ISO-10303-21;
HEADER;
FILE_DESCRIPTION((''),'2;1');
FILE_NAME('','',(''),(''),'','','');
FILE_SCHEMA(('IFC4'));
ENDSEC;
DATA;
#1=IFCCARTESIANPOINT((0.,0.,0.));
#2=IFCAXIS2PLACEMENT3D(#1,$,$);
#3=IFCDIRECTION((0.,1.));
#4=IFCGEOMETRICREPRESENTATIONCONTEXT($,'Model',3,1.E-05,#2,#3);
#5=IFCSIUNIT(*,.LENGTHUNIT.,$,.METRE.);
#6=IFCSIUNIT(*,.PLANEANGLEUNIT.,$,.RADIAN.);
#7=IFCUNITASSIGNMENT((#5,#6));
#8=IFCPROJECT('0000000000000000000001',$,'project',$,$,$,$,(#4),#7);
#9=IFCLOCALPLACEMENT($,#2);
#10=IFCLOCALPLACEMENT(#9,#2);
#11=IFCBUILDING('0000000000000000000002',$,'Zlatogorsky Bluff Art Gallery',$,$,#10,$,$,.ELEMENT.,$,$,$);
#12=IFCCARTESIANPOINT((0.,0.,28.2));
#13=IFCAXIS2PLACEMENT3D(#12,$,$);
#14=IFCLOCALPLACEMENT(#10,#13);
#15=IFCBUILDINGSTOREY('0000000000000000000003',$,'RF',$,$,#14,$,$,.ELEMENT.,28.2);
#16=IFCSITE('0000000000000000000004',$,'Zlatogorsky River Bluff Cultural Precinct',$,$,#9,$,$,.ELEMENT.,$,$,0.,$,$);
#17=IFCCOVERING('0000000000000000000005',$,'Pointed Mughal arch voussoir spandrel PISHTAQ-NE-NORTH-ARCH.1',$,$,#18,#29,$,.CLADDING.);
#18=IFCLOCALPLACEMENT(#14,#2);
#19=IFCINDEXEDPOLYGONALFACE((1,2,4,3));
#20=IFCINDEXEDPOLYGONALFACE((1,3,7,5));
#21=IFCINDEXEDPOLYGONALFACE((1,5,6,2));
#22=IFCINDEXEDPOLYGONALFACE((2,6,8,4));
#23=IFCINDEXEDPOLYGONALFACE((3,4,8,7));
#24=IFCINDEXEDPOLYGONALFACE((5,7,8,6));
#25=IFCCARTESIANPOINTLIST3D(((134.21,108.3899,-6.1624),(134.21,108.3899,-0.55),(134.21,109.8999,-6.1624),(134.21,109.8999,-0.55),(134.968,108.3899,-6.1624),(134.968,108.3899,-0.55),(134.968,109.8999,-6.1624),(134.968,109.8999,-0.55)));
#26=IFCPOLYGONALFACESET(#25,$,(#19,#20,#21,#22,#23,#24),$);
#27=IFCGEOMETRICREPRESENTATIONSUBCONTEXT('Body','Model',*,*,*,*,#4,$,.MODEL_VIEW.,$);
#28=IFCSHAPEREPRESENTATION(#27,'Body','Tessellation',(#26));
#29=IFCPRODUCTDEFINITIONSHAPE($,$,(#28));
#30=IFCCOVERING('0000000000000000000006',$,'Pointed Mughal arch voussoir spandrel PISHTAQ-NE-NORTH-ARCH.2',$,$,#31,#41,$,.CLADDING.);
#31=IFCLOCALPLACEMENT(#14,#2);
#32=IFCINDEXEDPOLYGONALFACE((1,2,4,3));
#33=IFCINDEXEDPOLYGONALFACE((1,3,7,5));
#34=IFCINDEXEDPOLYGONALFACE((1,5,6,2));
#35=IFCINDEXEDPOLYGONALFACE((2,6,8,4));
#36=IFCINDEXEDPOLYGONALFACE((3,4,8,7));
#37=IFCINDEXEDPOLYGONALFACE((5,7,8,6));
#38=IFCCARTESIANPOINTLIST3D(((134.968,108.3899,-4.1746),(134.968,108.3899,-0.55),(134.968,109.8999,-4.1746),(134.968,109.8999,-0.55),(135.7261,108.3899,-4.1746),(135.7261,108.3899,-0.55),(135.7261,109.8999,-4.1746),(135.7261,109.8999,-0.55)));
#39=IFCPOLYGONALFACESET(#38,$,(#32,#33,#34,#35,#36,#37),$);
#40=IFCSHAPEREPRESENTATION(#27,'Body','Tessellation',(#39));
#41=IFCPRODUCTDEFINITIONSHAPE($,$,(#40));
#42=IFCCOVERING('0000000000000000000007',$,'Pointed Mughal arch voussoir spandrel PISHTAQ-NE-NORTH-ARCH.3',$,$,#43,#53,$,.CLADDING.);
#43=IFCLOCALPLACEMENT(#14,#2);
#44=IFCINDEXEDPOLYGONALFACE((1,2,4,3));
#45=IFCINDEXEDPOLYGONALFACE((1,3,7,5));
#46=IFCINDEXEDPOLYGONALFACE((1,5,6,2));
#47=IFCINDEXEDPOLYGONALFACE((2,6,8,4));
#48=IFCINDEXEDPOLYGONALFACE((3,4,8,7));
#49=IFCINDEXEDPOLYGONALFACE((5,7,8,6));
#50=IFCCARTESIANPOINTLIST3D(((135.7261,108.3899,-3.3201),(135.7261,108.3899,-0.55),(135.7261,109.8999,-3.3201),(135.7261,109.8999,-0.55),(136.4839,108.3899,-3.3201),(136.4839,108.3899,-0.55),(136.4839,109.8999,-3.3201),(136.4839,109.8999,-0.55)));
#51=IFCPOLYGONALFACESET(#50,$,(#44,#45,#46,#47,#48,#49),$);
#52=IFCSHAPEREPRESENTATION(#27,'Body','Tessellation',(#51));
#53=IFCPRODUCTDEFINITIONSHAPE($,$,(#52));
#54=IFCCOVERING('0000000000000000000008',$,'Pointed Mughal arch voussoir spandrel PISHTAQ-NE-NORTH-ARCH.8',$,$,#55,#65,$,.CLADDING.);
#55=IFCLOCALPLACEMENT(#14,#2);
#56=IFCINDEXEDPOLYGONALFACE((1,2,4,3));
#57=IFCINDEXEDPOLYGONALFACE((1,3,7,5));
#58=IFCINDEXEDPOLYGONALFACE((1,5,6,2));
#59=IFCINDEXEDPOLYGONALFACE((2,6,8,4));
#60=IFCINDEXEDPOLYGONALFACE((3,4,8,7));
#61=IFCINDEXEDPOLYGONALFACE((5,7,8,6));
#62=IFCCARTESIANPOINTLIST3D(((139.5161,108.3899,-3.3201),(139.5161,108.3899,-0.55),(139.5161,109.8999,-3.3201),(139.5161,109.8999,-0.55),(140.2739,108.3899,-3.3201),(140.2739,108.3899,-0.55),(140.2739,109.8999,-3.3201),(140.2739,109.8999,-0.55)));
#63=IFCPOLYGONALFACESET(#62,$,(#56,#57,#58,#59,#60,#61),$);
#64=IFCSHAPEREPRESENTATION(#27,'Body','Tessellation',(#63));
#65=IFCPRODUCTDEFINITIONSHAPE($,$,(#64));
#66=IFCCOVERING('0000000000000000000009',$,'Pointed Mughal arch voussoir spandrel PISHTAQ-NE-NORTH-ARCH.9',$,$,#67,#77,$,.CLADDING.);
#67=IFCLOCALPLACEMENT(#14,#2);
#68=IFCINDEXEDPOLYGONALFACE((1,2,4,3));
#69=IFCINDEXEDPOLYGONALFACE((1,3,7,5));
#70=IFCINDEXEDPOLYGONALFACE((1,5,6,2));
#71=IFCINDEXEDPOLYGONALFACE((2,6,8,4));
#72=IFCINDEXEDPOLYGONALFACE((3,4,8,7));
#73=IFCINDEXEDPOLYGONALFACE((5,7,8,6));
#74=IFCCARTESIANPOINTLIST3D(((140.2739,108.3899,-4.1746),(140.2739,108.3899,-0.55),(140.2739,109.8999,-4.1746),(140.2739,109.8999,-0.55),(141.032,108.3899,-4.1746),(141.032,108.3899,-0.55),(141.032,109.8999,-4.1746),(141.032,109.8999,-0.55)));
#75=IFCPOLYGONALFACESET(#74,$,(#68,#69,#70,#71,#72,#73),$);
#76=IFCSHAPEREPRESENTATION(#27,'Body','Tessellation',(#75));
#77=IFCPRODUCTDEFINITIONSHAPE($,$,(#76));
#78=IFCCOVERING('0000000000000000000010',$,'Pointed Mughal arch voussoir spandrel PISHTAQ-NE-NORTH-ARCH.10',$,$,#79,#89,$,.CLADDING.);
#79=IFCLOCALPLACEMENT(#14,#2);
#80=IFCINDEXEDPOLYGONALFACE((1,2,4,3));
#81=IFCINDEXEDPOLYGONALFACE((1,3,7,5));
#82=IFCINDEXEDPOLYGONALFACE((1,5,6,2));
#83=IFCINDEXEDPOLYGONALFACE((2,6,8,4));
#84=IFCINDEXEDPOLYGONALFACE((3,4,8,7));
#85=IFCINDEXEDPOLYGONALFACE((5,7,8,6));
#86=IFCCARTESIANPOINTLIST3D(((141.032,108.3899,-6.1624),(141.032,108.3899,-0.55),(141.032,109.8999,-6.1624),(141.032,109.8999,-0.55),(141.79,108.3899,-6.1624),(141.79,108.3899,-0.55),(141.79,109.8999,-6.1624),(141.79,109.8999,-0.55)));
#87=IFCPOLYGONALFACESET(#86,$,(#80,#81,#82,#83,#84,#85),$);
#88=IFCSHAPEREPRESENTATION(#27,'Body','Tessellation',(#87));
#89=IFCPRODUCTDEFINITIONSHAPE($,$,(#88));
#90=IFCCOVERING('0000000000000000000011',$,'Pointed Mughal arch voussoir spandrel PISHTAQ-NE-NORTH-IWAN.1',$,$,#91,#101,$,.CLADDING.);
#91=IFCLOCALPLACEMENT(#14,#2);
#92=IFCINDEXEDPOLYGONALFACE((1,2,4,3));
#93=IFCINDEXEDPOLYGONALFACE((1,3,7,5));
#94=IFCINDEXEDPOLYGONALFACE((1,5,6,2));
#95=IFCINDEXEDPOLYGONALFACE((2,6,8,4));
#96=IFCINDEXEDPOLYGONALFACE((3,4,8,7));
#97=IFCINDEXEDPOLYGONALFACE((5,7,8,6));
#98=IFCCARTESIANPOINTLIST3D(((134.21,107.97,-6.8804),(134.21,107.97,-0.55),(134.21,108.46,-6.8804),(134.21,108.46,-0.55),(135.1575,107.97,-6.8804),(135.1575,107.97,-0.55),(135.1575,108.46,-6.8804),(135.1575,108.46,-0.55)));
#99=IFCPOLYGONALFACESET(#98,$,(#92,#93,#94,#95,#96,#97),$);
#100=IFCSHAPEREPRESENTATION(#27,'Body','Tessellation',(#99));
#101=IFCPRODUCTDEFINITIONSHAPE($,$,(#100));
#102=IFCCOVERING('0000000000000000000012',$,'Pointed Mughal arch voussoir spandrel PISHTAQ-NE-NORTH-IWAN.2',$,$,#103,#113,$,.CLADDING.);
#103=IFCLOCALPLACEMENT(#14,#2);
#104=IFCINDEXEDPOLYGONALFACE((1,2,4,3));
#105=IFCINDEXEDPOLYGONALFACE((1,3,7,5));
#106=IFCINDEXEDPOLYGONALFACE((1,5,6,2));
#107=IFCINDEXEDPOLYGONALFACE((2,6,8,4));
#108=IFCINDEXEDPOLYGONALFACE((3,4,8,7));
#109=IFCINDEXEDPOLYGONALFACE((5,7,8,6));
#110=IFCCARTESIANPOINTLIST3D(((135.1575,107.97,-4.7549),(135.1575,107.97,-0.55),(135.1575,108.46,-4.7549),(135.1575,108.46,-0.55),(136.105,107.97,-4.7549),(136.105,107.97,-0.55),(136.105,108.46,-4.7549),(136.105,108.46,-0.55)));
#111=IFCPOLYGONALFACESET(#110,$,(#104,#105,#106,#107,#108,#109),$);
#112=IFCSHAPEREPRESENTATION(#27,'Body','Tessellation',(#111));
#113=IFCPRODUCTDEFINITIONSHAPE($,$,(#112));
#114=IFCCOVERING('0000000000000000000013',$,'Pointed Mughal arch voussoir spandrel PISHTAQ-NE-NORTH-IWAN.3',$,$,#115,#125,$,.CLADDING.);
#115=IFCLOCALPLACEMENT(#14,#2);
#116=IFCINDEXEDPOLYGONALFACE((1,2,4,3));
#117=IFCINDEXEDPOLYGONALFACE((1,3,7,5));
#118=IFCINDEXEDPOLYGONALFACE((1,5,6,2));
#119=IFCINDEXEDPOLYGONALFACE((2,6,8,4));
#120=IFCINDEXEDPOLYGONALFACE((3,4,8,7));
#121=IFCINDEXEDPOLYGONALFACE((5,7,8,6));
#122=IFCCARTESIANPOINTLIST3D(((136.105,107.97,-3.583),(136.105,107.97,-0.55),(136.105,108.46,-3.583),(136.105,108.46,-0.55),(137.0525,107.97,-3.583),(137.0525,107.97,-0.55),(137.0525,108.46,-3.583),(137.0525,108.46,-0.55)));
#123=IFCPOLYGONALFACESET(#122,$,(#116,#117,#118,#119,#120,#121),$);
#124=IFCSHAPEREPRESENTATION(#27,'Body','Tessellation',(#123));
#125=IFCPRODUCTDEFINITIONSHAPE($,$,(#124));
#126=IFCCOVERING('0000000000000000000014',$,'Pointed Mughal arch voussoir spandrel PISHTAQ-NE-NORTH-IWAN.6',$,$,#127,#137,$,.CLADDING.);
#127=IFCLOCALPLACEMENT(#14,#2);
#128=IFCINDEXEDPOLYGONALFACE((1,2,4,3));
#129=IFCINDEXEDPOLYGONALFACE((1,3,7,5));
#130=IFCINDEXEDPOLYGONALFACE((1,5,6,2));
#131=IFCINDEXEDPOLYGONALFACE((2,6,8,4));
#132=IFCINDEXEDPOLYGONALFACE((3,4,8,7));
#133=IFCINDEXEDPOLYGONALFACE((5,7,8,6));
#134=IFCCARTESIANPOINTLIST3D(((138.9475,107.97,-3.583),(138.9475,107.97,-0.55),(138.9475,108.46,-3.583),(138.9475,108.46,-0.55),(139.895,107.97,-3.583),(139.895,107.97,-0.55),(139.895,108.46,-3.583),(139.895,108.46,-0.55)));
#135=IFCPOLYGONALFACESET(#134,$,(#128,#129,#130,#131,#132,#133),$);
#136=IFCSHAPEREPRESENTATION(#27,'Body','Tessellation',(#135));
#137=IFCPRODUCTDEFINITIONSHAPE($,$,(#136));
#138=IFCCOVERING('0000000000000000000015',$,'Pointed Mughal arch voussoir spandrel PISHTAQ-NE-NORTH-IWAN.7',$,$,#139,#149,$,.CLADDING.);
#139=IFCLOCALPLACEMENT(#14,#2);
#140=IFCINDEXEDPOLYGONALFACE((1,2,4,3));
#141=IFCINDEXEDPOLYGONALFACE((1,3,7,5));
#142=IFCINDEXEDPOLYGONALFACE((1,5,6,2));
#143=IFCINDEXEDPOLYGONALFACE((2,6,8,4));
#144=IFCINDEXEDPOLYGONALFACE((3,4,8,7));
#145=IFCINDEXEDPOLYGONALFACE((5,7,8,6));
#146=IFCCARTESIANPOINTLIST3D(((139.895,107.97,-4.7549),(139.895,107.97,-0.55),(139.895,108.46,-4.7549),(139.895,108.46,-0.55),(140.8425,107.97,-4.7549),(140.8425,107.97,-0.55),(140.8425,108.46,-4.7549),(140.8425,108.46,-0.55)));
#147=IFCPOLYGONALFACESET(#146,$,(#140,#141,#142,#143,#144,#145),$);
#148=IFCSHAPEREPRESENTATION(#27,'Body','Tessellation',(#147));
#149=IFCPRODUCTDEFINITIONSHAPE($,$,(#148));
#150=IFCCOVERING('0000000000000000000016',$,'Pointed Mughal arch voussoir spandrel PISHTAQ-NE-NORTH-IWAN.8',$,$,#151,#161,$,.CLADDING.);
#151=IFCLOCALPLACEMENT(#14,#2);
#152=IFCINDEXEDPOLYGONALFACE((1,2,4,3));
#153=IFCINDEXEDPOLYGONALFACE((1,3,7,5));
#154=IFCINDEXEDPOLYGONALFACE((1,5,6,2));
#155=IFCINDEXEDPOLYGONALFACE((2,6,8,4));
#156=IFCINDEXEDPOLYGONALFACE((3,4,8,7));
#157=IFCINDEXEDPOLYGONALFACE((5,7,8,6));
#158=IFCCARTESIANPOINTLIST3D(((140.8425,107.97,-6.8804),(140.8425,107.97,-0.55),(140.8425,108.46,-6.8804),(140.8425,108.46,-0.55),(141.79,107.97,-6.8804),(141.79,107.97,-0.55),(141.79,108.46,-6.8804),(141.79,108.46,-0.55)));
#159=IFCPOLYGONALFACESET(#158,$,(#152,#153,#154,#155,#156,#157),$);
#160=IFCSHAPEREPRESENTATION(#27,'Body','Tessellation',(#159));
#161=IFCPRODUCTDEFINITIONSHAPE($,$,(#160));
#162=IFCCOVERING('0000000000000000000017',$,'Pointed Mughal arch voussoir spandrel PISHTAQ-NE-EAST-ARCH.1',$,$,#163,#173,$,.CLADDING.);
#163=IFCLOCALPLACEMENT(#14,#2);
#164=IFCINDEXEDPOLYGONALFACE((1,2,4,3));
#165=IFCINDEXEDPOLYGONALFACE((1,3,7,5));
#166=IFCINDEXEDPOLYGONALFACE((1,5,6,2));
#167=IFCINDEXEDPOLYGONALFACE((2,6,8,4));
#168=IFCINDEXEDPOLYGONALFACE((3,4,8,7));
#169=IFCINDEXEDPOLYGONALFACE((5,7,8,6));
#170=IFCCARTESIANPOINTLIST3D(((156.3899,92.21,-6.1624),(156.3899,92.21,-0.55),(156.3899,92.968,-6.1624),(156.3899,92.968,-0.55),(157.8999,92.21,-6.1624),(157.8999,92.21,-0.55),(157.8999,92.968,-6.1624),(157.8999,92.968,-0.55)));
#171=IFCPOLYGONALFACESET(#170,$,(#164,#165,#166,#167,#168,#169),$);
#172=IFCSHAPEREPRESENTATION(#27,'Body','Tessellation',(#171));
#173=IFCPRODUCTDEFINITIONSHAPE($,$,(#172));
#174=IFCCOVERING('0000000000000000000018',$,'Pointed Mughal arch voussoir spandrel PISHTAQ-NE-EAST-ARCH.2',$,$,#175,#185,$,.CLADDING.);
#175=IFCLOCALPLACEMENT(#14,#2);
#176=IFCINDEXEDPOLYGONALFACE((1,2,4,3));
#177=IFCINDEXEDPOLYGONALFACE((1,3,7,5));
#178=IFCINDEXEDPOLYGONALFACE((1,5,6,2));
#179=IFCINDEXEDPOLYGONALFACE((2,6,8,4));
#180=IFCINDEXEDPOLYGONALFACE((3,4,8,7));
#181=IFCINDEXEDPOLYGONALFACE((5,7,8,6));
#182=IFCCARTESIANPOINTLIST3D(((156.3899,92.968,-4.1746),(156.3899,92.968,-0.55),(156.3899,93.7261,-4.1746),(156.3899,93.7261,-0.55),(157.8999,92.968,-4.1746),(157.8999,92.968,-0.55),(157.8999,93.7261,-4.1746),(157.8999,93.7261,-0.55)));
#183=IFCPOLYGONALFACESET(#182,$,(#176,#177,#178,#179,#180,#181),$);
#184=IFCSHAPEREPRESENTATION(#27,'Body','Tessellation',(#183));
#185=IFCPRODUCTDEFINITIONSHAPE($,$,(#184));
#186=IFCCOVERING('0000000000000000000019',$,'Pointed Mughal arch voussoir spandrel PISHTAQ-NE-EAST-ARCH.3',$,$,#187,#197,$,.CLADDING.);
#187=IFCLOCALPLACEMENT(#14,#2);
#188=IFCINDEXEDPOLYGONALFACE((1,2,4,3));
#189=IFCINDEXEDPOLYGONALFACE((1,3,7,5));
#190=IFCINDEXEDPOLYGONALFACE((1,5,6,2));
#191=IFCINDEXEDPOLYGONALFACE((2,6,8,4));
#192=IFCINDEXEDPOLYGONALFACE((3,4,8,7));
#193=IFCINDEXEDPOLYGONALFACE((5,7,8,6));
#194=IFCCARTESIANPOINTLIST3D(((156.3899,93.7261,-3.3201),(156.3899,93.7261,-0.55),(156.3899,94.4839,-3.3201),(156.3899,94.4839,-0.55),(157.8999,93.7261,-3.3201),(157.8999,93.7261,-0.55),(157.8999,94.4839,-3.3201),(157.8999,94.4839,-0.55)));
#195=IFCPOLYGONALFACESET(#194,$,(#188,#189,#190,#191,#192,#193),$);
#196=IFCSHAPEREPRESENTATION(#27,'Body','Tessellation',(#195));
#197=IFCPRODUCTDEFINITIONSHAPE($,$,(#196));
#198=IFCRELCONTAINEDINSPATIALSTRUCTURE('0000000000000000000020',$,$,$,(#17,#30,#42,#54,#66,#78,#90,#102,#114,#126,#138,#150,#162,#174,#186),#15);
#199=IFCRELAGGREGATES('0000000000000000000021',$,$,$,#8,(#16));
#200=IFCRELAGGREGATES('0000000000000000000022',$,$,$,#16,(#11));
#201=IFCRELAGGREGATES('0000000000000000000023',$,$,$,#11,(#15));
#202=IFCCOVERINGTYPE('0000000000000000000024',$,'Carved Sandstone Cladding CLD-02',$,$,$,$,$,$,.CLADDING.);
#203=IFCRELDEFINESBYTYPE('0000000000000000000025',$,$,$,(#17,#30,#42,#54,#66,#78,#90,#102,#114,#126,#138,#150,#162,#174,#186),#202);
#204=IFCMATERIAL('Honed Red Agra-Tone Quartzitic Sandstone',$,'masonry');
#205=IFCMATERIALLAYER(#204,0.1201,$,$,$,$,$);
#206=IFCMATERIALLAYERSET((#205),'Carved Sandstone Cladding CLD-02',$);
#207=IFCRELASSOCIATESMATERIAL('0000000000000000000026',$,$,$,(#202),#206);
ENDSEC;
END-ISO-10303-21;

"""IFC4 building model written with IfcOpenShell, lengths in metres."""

from ifc_helpers import new_model, si_unit, direction, frame, origin, place, context, subcontext, project, spatial, polyline, outline, extrude, material, layer, layer_set, type_object, element, save


model = new_model("IFC4")

# Units and contexts
model_context = context("Model", 3, precision=1e-05, world=origin(), true_north=direction((0.0, 1.0)))
body_context = subcontext(model_context, "Body", "Model", "MODEL_VIEW")
ifc_project = project(units=[si_unit("LENGTHUNIT", "METRE"), si_unit("PLANEANGLEUNIT", "RADIAN")], contexts=[model_context])

# Site, building, storey
site_placement = place(None, origin())
site = spatial("IfcSite", under=ifc_project, at=site_placement, Name="Zlatogorsky River Bluff Cultural Precinct", CompositionType="ELEMENT", RefElevation=0.0)
building_placement = place(site_placement, origin())
building = spatial("IfcBuilding", under=site, at=building_placement, Name="Zlatogorsky Bluff Art Gallery", CompositionType="ELEMENT")
storey_placement = place(building_placement, frame((0.0, 0.0, 28.2)))
storey = spatial("IfcBuildingStorey", under=building, at=storey_placement, Name="RF", CompositionType="ELEMENT", Elevation=28.2)

# Coverings
ifc_material = material(Name="Honed Red Agra-Tone Quartzitic Sandstone", Category="masonry")
ifc_layer = layer(ifc_material, 0.1201)
ifc_layer_set = layer_set([ifc_layer], Name="Carved Sandstone Cladding CLD-02")
covering_type = type_object("IfcCoveringType", Name="Carved Sandstone Cladding CLD-02", PredefinedType="CLADDING", material=ifc_layer_set)
covering_1_placement = place(storey_placement, frame((0.0, 0.0, -6.1624)))
element("IfcCovering", 1, at=covering_1_placement, inside=storey, type_object=covering_type, Name="Pointed Mughal arch voussoir spandrel PISHTAQ-NE-NORTH-ARCH.1", PredefinedType="CLADDING", context=body_context, shape_type="SweptSolid", body=[
    extrude(outline(polyline([(134.21, 108.3899), (134.968, 108.3899), (134.968, 109.8999), (134.21, 109.8999), (134.21, 108.3899)])), origin(), (0.0, 0.0, 1.0), 5.6123),
])
covering_2_placement = place(storey_placement, frame((0.0, 0.0, -4.1746)))
element("IfcCovering", 2, at=covering_2_placement, inside=storey, type_object=covering_type, Name="Pointed Mughal arch voussoir spandrel PISHTAQ-NE-NORTH-ARCH.2", PredefinedType="CLADDING", context=body_context, shape_type="SweptSolid", body=[
    extrude(outline(polyline([(134.968, 108.3899), (135.7261, 108.3899), (135.7261, 109.8999), (134.968, 109.8999), (134.968, 108.3899)])), origin(), (0.0, 0.0, 1.0), 3.6245),
])
covering_3_placement = place(storey_placement, frame((0.0, 0.0, -3.3201)))
element("IfcCovering", 3, at=covering_3_placement, inside=storey, type_object=covering_type, Name="Pointed Mughal arch voussoir spandrel PISHTAQ-NE-NORTH-ARCH.3", PredefinedType="CLADDING", context=body_context, shape_type="SweptSolid", body=[
    extrude(outline(polyline([(135.7261, 108.3899), (136.4839, 108.3899), (136.4839, 109.8999), (135.7261, 109.8999), (135.7261, 108.3899)])), origin(), (0.0, 0.0, 1.0), 2.77),
])
covering_4_placement = place(storey_placement, frame((0.0, 0.0, -3.3201)))
element("IfcCovering", 4, at=covering_4_placement, inside=storey, type_object=covering_type, Name="Pointed Mughal arch voussoir spandrel PISHTAQ-NE-NORTH-ARCH.8", PredefinedType="CLADDING", context=body_context, shape_type="SweptSolid", body=[
    extrude(outline(polyline([(139.5161, 108.3899), (140.2739, 108.3899), (140.2739, 109.8999), (139.5161, 109.8999), (139.5161, 108.3899)])), origin(), (0.0, 0.0, 1.0), 2.77),
])
covering_5_placement = place(storey_placement, frame((0.0, 0.0, -4.1746)))
element("IfcCovering", 5, at=covering_5_placement, inside=storey, type_object=covering_type, Name="Pointed Mughal arch voussoir spandrel PISHTAQ-NE-NORTH-ARCH.9", PredefinedType="CLADDING", context=body_context, shape_type="SweptSolid", body=[
    extrude(outline(polyline([(140.2739, 108.3899), (141.032, 108.3899), (141.032, 109.8999), (140.2739, 109.8999), (140.2739, 108.3899)])), origin(), (0.0, 0.0, 1.0), 3.6245),
])
covering_6_placement = place(storey_placement, frame((0.0, 0.0, -6.1624)))
element("IfcCovering", 6, at=covering_6_placement, inside=storey, type_object=covering_type, Name="Pointed Mughal arch voussoir spandrel PISHTAQ-NE-NORTH-ARCH.10", PredefinedType="CLADDING", context=body_context, shape_type="SweptSolid", body=[
    extrude(outline(polyline([(141.032, 108.3899), (141.79, 108.3899), (141.79, 109.8999), (141.032, 109.8999), (141.032, 108.3899)])), origin(), (0.0, 0.0, 1.0), 5.6123),
])
covering_7_placement = place(storey_placement, frame((0.0, 0.0, -6.8804)))
element("IfcCovering", 7, at=covering_7_placement, inside=storey, type_object=covering_type, Name="Pointed Mughal arch voussoir spandrel PISHTAQ-NE-NORTH-IWAN.1", PredefinedType="CLADDING", context=body_context, shape_type="SweptSolid", body=[
    extrude(outline(polyline([(134.21, 107.97), (135.1575, 107.97), (135.1575, 108.46), (134.21, 108.46), (134.21, 107.97)])), origin(), (0.0, 0.0, 1.0), 6.3303),
])
covering_8_placement = place(storey_placement, frame((0.0, 0.0, -4.7549)))
element("IfcCovering", 8, at=covering_8_placement, inside=storey, type_object=covering_type, Name="Pointed Mughal arch voussoir spandrel PISHTAQ-NE-NORTH-IWAN.2", PredefinedType="CLADDING", context=body_context, shape_type="SweptSolid", body=[
    extrude(outline(polyline([(135.1575, 107.97), (136.105, 107.97), (136.105, 108.46), (135.1575, 108.46), (135.1575, 107.97)])), origin(), (0.0, 0.0, 1.0), 4.2048),
])
covering_9_placement = place(storey_placement, frame((0.0, 0.0, -3.583)))
element("IfcCovering", 9, at=covering_9_placement, inside=storey, type_object=covering_type, Name="Pointed Mughal arch voussoir spandrel PISHTAQ-NE-NORTH-IWAN.3", PredefinedType="CLADDING", context=body_context, shape_type="SweptSolid", body=[
    extrude(outline(polyline([(136.105, 107.97), (137.0525, 107.97), (137.0525, 108.46), (136.105, 108.46), (136.105, 107.97)])), origin(), (0.0, 0.0, 1.0), 3.033),
])
covering_10_placement = place(storey_placement, frame((0.0, 0.0, -3.583)))
element("IfcCovering", 10, at=covering_10_placement, inside=storey, type_object=covering_type, Name="Pointed Mughal arch voussoir spandrel PISHTAQ-NE-NORTH-IWAN.6", PredefinedType="CLADDING", context=body_context, shape_type="SweptSolid", body=[
    extrude(outline(polyline([(138.9475, 107.97), (139.895, 107.97), (139.895, 108.46), (138.9475, 108.46), (138.9475, 107.97)])), origin(), (0.0, 0.0, 1.0), 3.033),
])
covering_11_placement = place(storey_placement, frame((0.0, 0.0, -4.7549)))
element("IfcCovering", 11, at=covering_11_placement, inside=storey, type_object=covering_type, Name="Pointed Mughal arch voussoir spandrel PISHTAQ-NE-NORTH-IWAN.7", PredefinedType="CLADDING", context=body_context, shape_type="SweptSolid", body=[
    extrude(outline(polyline([(139.895, 107.97), (140.8425, 107.97), (140.8425, 108.46), (139.895, 108.46), (139.895, 107.97)])), origin(), (0.0, 0.0, 1.0), 4.2048),
])
covering_12_placement = place(storey_placement, frame((0.0, 0.0, -6.8804)))
element("IfcCovering", 12, at=covering_12_placement, inside=storey, type_object=covering_type, Name="Pointed Mughal arch voussoir spandrel PISHTAQ-NE-NORTH-IWAN.8", PredefinedType="CLADDING", context=body_context, shape_type="SweptSolid", body=[
    extrude(outline(polyline([(140.8425, 107.97), (141.79, 107.97), (141.79, 108.46), (140.8425, 108.46), (140.8425, 107.97)])), origin(), (0.0, 0.0, 1.0), 6.3303),
])
covering_13_placement = place(storey_placement, frame((0.0, 0.0, -6.1624)))
element("IfcCovering", 13, at=covering_13_placement, inside=storey, type_object=covering_type, Name="Pointed Mughal arch voussoir spandrel PISHTAQ-NE-EAST-ARCH.1", PredefinedType="CLADDING", context=body_context, shape_type="SweptSolid", body=[
    extrude(outline(polyline([(156.3899, 92.21), (156.3899, 92.968), (157.8999, 92.968), (157.8999, 92.21), (156.3899, 92.21)])), origin(), (0.0, 0.0, 1.0), 5.6123),
])
covering_14_placement = place(storey_placement, frame((0.0, 0.0, -4.1746)))
element("IfcCovering", 14, at=covering_14_placement, inside=storey, type_object=covering_type, Name="Pointed Mughal arch voussoir spandrel PISHTAQ-NE-EAST-ARCH.2", PredefinedType="CLADDING", context=body_context, shape_type="SweptSolid", body=[
    extrude(outline(polyline([(156.3899, 92.968), (156.3899, 93.7261), (157.8999, 93.7261), (157.8999, 92.968), (156.3899, 92.968)])), origin(), (0.0, 0.0, 1.0), 3.6245),
])
covering_15_placement = place(storey_placement, frame((0.0, 0.0, -3.3201)))
element("IfcCovering", 15, at=covering_15_placement, inside=storey, type_object=covering_type, Name="Pointed Mughal arch voussoir spandrel PISHTAQ-NE-EAST-ARCH.3", PredefinedType="CLADDING", context=body_context, shape_type="SweptSolid", body=[
    extrude(outline(polyline([(156.3899, 93.7261), (156.3899, 94.4839), (157.8999, 94.4839), (157.8999, 93.7261), (156.3899, 93.7261)])), origin(), (0.0, 0.0, 1.0), 2.77),
])

save(model, "model.ifc")
